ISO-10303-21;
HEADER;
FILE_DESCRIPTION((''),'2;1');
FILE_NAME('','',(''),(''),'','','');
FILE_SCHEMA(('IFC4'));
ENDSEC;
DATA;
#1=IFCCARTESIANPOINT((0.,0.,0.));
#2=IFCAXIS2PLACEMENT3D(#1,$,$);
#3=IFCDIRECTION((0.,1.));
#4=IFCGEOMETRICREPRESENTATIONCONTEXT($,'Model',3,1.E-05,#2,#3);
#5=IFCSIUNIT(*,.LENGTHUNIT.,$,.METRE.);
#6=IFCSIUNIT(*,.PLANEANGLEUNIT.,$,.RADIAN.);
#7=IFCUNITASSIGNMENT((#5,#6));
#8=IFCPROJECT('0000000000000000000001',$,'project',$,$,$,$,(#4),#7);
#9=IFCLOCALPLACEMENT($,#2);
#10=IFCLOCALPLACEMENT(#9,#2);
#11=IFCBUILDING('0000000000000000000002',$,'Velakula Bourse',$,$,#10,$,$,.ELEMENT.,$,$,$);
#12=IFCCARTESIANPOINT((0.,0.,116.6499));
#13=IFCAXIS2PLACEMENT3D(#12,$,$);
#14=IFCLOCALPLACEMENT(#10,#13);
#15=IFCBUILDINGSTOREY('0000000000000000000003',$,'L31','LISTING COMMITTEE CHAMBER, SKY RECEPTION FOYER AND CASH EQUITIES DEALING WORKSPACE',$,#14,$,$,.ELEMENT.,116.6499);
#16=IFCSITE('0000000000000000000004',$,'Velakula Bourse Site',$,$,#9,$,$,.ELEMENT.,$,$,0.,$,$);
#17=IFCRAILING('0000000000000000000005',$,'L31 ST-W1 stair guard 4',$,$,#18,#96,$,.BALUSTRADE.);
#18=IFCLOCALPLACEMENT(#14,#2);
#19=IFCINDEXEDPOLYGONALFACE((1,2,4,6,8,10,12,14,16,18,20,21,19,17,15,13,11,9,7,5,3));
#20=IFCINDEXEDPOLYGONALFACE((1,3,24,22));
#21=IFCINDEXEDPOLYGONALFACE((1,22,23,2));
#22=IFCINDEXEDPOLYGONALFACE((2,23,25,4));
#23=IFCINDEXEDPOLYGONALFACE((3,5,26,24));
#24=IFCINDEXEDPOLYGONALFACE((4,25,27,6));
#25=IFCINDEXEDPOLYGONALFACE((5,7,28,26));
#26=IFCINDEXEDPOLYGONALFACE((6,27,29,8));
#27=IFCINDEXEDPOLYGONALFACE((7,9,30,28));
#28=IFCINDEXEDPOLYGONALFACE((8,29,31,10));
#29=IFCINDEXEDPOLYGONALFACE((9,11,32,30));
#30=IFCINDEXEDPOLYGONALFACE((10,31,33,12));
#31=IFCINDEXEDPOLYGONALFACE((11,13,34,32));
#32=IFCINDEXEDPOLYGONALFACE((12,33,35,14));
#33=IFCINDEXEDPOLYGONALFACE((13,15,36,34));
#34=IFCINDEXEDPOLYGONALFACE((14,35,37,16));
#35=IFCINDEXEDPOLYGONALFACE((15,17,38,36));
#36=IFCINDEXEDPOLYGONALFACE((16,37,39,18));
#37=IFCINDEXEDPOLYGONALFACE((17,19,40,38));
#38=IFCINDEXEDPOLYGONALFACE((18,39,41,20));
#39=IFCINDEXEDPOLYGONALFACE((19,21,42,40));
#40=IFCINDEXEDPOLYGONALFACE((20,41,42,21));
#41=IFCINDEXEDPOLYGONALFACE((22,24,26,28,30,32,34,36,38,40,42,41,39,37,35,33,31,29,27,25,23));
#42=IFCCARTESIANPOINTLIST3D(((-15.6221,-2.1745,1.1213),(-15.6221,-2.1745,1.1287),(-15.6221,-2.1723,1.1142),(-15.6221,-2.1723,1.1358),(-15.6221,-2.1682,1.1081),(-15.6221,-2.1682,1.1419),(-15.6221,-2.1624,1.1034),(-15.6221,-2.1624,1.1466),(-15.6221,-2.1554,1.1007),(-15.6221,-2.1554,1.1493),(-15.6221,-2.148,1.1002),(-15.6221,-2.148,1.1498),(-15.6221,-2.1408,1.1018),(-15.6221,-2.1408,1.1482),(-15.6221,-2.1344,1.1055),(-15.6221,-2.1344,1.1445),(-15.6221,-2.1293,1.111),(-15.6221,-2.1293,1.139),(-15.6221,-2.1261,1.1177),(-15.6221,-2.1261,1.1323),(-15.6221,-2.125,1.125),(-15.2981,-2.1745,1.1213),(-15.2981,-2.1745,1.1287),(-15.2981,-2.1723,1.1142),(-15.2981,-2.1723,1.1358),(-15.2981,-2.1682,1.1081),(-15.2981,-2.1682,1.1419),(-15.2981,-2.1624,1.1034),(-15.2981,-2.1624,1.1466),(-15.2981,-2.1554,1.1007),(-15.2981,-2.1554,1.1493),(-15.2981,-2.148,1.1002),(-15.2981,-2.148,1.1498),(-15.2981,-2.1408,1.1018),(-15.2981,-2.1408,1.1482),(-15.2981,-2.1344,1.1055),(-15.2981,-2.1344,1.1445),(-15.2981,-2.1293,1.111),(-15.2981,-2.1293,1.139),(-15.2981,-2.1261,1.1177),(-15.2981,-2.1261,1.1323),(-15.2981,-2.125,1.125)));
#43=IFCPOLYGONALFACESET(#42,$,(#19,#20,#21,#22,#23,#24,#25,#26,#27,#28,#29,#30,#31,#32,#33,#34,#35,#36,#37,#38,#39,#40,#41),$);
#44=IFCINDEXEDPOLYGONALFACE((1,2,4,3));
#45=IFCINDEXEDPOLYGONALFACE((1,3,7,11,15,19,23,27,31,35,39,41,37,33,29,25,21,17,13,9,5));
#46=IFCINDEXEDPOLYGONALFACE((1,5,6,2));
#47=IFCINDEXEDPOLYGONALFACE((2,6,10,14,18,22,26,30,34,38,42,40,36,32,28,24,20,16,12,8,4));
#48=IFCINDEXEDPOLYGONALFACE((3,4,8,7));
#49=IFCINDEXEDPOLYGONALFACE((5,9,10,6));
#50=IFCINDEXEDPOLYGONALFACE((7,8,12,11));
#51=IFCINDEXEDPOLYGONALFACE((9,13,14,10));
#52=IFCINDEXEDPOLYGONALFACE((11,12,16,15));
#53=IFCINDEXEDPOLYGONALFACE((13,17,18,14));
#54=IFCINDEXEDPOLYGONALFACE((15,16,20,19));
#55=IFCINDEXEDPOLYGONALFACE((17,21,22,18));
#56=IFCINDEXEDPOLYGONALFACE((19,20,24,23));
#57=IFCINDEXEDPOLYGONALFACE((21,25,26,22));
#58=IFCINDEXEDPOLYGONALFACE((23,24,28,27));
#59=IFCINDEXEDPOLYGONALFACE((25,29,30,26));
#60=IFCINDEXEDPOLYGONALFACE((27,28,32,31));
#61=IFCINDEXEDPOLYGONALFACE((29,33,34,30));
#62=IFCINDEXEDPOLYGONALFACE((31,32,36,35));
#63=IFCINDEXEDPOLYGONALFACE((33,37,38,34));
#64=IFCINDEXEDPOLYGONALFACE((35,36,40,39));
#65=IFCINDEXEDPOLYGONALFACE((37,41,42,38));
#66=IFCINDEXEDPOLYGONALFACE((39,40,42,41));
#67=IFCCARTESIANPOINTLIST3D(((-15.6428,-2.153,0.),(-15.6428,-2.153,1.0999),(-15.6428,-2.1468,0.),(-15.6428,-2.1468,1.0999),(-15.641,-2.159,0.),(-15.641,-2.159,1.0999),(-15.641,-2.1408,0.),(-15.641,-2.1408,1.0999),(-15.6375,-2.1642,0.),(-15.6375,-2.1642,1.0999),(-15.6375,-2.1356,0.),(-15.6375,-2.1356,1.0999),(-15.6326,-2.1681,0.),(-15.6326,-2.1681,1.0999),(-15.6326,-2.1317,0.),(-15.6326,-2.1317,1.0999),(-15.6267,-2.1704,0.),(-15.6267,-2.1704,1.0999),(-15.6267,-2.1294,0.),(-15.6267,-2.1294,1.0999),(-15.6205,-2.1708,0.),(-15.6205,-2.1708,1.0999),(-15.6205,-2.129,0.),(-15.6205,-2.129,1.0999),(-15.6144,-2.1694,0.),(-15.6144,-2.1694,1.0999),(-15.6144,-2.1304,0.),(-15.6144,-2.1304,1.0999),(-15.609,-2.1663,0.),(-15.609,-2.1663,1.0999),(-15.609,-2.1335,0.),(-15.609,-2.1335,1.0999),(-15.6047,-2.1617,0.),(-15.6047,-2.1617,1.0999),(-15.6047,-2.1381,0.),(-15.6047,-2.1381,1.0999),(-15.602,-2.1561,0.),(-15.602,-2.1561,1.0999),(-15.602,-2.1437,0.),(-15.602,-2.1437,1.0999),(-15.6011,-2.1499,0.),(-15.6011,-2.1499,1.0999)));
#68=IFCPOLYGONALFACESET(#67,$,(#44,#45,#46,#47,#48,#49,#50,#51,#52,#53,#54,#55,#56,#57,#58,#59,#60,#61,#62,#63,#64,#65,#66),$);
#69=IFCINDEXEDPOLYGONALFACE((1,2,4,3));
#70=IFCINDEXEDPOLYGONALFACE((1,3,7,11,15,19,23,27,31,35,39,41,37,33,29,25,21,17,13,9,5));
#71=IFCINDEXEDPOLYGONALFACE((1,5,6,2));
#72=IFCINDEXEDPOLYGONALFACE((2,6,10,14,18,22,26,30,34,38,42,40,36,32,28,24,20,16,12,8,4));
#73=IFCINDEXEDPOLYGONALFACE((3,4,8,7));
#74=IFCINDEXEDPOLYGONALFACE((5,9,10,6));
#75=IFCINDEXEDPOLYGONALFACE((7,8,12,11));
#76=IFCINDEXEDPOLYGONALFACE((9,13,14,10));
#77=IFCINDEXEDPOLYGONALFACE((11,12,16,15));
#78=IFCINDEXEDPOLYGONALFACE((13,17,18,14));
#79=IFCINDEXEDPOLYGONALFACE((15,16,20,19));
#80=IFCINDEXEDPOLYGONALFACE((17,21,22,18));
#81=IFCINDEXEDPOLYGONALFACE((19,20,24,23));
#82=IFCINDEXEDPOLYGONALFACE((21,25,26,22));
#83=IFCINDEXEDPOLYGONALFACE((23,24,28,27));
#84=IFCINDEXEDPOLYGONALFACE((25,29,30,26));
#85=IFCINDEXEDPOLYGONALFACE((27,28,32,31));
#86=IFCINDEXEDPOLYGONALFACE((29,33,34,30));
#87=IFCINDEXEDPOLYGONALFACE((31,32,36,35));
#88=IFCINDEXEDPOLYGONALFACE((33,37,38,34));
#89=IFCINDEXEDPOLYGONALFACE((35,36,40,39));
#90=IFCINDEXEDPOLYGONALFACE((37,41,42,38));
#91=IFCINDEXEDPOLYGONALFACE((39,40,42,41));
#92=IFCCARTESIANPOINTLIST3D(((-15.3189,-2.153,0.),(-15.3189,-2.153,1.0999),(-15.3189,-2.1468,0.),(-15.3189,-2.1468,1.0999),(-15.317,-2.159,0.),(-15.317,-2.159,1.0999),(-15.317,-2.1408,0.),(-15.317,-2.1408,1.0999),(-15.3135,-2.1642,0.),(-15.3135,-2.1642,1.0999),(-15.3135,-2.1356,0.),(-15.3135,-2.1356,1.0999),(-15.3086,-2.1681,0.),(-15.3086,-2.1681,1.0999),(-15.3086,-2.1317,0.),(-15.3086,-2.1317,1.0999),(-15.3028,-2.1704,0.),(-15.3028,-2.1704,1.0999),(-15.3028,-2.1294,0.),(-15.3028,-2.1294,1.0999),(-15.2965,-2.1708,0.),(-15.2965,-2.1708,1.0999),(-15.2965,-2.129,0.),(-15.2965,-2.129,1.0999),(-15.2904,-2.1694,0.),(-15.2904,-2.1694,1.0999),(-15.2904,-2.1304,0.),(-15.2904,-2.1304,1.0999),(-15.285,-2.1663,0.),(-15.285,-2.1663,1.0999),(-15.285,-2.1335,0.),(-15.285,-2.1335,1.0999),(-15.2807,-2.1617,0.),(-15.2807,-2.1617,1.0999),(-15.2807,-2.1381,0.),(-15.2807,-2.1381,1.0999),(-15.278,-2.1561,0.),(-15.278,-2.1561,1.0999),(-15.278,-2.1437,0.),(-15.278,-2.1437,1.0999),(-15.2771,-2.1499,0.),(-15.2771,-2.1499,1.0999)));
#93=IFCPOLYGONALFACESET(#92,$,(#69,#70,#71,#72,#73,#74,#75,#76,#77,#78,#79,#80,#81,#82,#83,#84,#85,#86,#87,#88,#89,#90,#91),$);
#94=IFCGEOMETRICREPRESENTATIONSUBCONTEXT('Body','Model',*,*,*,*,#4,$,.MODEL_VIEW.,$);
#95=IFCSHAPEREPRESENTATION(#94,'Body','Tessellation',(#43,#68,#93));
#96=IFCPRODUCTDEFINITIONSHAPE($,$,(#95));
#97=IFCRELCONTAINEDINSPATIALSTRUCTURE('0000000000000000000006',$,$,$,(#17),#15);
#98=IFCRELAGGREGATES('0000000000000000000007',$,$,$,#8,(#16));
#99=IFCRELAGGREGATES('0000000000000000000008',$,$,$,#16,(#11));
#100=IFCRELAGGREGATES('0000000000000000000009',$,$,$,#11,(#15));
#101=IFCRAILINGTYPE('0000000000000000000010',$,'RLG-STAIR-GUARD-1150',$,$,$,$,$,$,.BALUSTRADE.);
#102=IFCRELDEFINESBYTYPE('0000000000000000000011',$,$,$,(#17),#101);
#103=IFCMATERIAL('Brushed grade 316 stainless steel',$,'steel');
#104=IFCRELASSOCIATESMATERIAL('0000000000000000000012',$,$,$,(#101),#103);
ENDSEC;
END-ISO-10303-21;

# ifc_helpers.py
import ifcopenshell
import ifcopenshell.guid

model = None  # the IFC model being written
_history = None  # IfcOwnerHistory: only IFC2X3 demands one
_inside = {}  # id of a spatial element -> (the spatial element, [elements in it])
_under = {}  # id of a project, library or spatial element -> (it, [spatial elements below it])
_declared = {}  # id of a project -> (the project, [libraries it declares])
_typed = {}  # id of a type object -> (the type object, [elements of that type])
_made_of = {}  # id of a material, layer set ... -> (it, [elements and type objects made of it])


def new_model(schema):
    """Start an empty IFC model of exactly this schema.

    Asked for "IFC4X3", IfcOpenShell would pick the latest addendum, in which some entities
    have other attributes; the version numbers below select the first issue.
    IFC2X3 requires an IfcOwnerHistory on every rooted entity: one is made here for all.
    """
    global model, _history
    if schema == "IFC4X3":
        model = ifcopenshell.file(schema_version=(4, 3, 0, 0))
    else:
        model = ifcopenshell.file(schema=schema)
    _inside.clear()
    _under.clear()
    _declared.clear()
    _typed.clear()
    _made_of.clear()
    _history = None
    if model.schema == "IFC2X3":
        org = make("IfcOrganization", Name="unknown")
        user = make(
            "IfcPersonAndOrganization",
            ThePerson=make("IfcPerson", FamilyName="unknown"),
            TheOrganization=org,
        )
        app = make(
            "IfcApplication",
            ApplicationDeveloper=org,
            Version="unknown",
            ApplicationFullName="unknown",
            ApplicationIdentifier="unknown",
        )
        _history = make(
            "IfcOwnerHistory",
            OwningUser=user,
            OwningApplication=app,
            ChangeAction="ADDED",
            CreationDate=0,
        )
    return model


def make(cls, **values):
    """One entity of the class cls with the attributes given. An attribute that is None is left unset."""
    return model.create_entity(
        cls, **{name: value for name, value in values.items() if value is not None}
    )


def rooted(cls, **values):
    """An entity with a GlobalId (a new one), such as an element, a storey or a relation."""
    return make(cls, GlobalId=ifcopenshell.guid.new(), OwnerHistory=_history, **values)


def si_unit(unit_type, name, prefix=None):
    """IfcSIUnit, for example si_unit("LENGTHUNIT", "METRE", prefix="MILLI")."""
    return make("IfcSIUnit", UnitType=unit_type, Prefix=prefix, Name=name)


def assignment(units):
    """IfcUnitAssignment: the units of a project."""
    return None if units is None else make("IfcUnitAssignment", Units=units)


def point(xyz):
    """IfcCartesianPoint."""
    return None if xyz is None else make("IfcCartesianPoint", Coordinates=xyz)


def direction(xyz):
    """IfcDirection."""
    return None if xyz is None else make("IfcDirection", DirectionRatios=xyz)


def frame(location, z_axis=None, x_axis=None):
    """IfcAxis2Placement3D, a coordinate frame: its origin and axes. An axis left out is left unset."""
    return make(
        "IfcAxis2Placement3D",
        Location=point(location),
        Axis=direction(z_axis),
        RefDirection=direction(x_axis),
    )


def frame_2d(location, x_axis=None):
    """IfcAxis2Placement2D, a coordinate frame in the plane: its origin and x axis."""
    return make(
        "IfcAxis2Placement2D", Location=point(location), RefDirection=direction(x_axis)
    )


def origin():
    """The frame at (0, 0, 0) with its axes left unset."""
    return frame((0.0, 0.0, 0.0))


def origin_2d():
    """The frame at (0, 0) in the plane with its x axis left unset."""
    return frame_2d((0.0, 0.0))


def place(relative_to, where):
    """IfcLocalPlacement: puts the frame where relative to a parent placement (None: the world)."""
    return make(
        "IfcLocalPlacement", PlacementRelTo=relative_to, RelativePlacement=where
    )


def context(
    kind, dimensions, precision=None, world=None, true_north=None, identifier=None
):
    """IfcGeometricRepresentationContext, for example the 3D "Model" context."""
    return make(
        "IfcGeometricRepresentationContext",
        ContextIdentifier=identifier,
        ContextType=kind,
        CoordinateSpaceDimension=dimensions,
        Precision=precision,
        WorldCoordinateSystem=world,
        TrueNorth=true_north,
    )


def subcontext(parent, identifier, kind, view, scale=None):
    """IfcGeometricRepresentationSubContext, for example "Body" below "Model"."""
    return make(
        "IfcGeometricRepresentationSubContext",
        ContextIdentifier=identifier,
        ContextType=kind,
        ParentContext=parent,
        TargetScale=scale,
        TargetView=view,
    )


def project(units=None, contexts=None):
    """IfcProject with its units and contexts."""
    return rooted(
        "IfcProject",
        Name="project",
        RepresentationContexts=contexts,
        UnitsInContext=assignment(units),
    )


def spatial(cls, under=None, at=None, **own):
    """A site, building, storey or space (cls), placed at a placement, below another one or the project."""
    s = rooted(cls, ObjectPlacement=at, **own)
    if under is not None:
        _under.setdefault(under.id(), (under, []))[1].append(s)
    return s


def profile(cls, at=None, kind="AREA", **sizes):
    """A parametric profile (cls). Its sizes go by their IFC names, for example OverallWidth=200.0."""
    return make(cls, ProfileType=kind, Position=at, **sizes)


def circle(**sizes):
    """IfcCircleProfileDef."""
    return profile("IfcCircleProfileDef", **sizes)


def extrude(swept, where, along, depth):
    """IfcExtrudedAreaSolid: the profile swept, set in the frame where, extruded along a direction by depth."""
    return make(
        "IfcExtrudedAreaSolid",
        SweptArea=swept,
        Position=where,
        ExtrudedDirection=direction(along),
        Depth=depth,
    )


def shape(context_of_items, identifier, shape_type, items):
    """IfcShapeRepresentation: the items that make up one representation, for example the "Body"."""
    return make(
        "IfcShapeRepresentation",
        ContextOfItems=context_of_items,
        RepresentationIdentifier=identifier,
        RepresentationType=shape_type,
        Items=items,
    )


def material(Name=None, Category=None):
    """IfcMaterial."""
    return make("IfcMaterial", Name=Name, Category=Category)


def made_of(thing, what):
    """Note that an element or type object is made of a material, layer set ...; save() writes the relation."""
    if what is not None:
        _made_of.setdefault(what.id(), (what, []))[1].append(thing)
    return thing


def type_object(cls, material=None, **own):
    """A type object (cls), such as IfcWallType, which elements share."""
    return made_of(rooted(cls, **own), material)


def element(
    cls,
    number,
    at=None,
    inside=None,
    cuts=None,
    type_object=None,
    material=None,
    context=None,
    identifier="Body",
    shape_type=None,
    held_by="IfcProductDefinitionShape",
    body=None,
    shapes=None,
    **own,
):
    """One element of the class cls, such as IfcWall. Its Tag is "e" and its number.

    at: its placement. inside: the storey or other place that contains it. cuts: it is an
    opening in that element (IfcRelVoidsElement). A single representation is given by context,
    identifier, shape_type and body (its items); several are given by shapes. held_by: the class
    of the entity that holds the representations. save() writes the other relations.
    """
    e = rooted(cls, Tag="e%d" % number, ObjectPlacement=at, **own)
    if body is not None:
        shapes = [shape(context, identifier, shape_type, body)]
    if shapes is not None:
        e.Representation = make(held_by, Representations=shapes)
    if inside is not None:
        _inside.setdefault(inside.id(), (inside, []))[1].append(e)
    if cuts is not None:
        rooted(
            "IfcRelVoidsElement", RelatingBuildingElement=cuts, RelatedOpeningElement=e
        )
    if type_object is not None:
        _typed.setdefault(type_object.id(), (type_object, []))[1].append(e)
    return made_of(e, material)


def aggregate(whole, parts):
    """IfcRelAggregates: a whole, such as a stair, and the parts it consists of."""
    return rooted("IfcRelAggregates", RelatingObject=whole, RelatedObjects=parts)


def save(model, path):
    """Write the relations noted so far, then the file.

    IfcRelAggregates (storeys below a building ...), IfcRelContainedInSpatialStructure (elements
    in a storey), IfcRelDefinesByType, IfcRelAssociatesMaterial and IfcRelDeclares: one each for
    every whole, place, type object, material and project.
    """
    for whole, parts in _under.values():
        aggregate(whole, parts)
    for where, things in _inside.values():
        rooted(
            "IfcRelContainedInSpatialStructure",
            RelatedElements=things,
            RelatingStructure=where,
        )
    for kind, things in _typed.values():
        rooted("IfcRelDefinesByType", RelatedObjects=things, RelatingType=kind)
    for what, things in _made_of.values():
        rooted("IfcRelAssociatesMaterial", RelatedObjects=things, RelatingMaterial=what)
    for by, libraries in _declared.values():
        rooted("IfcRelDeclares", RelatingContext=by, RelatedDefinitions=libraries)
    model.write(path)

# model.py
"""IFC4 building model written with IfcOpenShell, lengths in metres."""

from ifc_helpers import new_model, si_unit, direction, frame, origin, origin_2d, place, context, subcontext, project, spatial, circle, extrude, material, type_object, element, save


model = new_model("IFC4")

# Units and contexts
model_context = context("Model", 3, precision=1e-05, world=origin(), true_north=direction((0.0, 1.0)))
body_context = subcontext(model_context, "Body", "Model", "MODEL_VIEW")
ifc_project = project(units=[si_unit("LENGTHUNIT", "METRE"), si_unit("PLANEANGLEUNIT", "RADIAN")], contexts=[model_context])

# Site, building, storey
site_placement = place(None, origin())
site = spatial("IfcSite", under=ifc_project, at=site_placement, Name="Velakula Bourse Site", CompositionType="ELEMENT", RefElevation=0.0)
building_placement = place(site_placement, origin())
building = spatial("IfcBuilding", under=site, at=building_placement, Name="Velakula Bourse", CompositionType="ELEMENT")
storey_placement = place(building_placement, frame((0.0, 0.0, 116.6499)))
storey = spatial("IfcBuildingStorey", under=building, at=storey_placement, Name="L31", Description="LISTING COMMITTEE CHAMBER, SKY RECEPTION FOYER AND CASH EQUITIES DEALING WORKSPACE", CompositionType="ELEMENT", Elevation=116.6499)

# Shared definitions
ifc_material_1 = material(Name="Brushed grade 316 stainless steel", Category="steel")

# Railing
railing_type_1 = type_object("IfcRailingType", Name="RLG-STAIR-GUARD-1150", PredefinedType="BALUSTRADE", material=ifc_material_1)
railing_1_placement = place(storey_placement, frame((-15.6221, -2.1499, 0.0)))
element("IfcRailing", 1, at=railing_1_placement, inside=storey, type_object=railing_type_1, Name="L31 ST-W1 stair guard 4", PredefinedType="BALUSTRADE", context=body_context, shape_type="SweptSolid", body=[
    extrude(circle(Radius=0.0249, at=origin_2d()), frame((0.0, 0.0, 1.125), z_axis=(1.0, 0.0, 0.0), x_axis=(0.0, 1.0, 0.0)), (0.0, 0.0, 1.0), 0.324),
    extrude(circle(Radius=0.021, at=origin_2d()), origin(), (0.0, 0.0, 1.0), 1.0999),
    extrude(circle(Radius=0.021, at=origin_2d()), frame((0.324, 0.0, 0.0)), (0.0, 0.0, 1.0), 1.0999),
])

save(model, "model.ifc")
